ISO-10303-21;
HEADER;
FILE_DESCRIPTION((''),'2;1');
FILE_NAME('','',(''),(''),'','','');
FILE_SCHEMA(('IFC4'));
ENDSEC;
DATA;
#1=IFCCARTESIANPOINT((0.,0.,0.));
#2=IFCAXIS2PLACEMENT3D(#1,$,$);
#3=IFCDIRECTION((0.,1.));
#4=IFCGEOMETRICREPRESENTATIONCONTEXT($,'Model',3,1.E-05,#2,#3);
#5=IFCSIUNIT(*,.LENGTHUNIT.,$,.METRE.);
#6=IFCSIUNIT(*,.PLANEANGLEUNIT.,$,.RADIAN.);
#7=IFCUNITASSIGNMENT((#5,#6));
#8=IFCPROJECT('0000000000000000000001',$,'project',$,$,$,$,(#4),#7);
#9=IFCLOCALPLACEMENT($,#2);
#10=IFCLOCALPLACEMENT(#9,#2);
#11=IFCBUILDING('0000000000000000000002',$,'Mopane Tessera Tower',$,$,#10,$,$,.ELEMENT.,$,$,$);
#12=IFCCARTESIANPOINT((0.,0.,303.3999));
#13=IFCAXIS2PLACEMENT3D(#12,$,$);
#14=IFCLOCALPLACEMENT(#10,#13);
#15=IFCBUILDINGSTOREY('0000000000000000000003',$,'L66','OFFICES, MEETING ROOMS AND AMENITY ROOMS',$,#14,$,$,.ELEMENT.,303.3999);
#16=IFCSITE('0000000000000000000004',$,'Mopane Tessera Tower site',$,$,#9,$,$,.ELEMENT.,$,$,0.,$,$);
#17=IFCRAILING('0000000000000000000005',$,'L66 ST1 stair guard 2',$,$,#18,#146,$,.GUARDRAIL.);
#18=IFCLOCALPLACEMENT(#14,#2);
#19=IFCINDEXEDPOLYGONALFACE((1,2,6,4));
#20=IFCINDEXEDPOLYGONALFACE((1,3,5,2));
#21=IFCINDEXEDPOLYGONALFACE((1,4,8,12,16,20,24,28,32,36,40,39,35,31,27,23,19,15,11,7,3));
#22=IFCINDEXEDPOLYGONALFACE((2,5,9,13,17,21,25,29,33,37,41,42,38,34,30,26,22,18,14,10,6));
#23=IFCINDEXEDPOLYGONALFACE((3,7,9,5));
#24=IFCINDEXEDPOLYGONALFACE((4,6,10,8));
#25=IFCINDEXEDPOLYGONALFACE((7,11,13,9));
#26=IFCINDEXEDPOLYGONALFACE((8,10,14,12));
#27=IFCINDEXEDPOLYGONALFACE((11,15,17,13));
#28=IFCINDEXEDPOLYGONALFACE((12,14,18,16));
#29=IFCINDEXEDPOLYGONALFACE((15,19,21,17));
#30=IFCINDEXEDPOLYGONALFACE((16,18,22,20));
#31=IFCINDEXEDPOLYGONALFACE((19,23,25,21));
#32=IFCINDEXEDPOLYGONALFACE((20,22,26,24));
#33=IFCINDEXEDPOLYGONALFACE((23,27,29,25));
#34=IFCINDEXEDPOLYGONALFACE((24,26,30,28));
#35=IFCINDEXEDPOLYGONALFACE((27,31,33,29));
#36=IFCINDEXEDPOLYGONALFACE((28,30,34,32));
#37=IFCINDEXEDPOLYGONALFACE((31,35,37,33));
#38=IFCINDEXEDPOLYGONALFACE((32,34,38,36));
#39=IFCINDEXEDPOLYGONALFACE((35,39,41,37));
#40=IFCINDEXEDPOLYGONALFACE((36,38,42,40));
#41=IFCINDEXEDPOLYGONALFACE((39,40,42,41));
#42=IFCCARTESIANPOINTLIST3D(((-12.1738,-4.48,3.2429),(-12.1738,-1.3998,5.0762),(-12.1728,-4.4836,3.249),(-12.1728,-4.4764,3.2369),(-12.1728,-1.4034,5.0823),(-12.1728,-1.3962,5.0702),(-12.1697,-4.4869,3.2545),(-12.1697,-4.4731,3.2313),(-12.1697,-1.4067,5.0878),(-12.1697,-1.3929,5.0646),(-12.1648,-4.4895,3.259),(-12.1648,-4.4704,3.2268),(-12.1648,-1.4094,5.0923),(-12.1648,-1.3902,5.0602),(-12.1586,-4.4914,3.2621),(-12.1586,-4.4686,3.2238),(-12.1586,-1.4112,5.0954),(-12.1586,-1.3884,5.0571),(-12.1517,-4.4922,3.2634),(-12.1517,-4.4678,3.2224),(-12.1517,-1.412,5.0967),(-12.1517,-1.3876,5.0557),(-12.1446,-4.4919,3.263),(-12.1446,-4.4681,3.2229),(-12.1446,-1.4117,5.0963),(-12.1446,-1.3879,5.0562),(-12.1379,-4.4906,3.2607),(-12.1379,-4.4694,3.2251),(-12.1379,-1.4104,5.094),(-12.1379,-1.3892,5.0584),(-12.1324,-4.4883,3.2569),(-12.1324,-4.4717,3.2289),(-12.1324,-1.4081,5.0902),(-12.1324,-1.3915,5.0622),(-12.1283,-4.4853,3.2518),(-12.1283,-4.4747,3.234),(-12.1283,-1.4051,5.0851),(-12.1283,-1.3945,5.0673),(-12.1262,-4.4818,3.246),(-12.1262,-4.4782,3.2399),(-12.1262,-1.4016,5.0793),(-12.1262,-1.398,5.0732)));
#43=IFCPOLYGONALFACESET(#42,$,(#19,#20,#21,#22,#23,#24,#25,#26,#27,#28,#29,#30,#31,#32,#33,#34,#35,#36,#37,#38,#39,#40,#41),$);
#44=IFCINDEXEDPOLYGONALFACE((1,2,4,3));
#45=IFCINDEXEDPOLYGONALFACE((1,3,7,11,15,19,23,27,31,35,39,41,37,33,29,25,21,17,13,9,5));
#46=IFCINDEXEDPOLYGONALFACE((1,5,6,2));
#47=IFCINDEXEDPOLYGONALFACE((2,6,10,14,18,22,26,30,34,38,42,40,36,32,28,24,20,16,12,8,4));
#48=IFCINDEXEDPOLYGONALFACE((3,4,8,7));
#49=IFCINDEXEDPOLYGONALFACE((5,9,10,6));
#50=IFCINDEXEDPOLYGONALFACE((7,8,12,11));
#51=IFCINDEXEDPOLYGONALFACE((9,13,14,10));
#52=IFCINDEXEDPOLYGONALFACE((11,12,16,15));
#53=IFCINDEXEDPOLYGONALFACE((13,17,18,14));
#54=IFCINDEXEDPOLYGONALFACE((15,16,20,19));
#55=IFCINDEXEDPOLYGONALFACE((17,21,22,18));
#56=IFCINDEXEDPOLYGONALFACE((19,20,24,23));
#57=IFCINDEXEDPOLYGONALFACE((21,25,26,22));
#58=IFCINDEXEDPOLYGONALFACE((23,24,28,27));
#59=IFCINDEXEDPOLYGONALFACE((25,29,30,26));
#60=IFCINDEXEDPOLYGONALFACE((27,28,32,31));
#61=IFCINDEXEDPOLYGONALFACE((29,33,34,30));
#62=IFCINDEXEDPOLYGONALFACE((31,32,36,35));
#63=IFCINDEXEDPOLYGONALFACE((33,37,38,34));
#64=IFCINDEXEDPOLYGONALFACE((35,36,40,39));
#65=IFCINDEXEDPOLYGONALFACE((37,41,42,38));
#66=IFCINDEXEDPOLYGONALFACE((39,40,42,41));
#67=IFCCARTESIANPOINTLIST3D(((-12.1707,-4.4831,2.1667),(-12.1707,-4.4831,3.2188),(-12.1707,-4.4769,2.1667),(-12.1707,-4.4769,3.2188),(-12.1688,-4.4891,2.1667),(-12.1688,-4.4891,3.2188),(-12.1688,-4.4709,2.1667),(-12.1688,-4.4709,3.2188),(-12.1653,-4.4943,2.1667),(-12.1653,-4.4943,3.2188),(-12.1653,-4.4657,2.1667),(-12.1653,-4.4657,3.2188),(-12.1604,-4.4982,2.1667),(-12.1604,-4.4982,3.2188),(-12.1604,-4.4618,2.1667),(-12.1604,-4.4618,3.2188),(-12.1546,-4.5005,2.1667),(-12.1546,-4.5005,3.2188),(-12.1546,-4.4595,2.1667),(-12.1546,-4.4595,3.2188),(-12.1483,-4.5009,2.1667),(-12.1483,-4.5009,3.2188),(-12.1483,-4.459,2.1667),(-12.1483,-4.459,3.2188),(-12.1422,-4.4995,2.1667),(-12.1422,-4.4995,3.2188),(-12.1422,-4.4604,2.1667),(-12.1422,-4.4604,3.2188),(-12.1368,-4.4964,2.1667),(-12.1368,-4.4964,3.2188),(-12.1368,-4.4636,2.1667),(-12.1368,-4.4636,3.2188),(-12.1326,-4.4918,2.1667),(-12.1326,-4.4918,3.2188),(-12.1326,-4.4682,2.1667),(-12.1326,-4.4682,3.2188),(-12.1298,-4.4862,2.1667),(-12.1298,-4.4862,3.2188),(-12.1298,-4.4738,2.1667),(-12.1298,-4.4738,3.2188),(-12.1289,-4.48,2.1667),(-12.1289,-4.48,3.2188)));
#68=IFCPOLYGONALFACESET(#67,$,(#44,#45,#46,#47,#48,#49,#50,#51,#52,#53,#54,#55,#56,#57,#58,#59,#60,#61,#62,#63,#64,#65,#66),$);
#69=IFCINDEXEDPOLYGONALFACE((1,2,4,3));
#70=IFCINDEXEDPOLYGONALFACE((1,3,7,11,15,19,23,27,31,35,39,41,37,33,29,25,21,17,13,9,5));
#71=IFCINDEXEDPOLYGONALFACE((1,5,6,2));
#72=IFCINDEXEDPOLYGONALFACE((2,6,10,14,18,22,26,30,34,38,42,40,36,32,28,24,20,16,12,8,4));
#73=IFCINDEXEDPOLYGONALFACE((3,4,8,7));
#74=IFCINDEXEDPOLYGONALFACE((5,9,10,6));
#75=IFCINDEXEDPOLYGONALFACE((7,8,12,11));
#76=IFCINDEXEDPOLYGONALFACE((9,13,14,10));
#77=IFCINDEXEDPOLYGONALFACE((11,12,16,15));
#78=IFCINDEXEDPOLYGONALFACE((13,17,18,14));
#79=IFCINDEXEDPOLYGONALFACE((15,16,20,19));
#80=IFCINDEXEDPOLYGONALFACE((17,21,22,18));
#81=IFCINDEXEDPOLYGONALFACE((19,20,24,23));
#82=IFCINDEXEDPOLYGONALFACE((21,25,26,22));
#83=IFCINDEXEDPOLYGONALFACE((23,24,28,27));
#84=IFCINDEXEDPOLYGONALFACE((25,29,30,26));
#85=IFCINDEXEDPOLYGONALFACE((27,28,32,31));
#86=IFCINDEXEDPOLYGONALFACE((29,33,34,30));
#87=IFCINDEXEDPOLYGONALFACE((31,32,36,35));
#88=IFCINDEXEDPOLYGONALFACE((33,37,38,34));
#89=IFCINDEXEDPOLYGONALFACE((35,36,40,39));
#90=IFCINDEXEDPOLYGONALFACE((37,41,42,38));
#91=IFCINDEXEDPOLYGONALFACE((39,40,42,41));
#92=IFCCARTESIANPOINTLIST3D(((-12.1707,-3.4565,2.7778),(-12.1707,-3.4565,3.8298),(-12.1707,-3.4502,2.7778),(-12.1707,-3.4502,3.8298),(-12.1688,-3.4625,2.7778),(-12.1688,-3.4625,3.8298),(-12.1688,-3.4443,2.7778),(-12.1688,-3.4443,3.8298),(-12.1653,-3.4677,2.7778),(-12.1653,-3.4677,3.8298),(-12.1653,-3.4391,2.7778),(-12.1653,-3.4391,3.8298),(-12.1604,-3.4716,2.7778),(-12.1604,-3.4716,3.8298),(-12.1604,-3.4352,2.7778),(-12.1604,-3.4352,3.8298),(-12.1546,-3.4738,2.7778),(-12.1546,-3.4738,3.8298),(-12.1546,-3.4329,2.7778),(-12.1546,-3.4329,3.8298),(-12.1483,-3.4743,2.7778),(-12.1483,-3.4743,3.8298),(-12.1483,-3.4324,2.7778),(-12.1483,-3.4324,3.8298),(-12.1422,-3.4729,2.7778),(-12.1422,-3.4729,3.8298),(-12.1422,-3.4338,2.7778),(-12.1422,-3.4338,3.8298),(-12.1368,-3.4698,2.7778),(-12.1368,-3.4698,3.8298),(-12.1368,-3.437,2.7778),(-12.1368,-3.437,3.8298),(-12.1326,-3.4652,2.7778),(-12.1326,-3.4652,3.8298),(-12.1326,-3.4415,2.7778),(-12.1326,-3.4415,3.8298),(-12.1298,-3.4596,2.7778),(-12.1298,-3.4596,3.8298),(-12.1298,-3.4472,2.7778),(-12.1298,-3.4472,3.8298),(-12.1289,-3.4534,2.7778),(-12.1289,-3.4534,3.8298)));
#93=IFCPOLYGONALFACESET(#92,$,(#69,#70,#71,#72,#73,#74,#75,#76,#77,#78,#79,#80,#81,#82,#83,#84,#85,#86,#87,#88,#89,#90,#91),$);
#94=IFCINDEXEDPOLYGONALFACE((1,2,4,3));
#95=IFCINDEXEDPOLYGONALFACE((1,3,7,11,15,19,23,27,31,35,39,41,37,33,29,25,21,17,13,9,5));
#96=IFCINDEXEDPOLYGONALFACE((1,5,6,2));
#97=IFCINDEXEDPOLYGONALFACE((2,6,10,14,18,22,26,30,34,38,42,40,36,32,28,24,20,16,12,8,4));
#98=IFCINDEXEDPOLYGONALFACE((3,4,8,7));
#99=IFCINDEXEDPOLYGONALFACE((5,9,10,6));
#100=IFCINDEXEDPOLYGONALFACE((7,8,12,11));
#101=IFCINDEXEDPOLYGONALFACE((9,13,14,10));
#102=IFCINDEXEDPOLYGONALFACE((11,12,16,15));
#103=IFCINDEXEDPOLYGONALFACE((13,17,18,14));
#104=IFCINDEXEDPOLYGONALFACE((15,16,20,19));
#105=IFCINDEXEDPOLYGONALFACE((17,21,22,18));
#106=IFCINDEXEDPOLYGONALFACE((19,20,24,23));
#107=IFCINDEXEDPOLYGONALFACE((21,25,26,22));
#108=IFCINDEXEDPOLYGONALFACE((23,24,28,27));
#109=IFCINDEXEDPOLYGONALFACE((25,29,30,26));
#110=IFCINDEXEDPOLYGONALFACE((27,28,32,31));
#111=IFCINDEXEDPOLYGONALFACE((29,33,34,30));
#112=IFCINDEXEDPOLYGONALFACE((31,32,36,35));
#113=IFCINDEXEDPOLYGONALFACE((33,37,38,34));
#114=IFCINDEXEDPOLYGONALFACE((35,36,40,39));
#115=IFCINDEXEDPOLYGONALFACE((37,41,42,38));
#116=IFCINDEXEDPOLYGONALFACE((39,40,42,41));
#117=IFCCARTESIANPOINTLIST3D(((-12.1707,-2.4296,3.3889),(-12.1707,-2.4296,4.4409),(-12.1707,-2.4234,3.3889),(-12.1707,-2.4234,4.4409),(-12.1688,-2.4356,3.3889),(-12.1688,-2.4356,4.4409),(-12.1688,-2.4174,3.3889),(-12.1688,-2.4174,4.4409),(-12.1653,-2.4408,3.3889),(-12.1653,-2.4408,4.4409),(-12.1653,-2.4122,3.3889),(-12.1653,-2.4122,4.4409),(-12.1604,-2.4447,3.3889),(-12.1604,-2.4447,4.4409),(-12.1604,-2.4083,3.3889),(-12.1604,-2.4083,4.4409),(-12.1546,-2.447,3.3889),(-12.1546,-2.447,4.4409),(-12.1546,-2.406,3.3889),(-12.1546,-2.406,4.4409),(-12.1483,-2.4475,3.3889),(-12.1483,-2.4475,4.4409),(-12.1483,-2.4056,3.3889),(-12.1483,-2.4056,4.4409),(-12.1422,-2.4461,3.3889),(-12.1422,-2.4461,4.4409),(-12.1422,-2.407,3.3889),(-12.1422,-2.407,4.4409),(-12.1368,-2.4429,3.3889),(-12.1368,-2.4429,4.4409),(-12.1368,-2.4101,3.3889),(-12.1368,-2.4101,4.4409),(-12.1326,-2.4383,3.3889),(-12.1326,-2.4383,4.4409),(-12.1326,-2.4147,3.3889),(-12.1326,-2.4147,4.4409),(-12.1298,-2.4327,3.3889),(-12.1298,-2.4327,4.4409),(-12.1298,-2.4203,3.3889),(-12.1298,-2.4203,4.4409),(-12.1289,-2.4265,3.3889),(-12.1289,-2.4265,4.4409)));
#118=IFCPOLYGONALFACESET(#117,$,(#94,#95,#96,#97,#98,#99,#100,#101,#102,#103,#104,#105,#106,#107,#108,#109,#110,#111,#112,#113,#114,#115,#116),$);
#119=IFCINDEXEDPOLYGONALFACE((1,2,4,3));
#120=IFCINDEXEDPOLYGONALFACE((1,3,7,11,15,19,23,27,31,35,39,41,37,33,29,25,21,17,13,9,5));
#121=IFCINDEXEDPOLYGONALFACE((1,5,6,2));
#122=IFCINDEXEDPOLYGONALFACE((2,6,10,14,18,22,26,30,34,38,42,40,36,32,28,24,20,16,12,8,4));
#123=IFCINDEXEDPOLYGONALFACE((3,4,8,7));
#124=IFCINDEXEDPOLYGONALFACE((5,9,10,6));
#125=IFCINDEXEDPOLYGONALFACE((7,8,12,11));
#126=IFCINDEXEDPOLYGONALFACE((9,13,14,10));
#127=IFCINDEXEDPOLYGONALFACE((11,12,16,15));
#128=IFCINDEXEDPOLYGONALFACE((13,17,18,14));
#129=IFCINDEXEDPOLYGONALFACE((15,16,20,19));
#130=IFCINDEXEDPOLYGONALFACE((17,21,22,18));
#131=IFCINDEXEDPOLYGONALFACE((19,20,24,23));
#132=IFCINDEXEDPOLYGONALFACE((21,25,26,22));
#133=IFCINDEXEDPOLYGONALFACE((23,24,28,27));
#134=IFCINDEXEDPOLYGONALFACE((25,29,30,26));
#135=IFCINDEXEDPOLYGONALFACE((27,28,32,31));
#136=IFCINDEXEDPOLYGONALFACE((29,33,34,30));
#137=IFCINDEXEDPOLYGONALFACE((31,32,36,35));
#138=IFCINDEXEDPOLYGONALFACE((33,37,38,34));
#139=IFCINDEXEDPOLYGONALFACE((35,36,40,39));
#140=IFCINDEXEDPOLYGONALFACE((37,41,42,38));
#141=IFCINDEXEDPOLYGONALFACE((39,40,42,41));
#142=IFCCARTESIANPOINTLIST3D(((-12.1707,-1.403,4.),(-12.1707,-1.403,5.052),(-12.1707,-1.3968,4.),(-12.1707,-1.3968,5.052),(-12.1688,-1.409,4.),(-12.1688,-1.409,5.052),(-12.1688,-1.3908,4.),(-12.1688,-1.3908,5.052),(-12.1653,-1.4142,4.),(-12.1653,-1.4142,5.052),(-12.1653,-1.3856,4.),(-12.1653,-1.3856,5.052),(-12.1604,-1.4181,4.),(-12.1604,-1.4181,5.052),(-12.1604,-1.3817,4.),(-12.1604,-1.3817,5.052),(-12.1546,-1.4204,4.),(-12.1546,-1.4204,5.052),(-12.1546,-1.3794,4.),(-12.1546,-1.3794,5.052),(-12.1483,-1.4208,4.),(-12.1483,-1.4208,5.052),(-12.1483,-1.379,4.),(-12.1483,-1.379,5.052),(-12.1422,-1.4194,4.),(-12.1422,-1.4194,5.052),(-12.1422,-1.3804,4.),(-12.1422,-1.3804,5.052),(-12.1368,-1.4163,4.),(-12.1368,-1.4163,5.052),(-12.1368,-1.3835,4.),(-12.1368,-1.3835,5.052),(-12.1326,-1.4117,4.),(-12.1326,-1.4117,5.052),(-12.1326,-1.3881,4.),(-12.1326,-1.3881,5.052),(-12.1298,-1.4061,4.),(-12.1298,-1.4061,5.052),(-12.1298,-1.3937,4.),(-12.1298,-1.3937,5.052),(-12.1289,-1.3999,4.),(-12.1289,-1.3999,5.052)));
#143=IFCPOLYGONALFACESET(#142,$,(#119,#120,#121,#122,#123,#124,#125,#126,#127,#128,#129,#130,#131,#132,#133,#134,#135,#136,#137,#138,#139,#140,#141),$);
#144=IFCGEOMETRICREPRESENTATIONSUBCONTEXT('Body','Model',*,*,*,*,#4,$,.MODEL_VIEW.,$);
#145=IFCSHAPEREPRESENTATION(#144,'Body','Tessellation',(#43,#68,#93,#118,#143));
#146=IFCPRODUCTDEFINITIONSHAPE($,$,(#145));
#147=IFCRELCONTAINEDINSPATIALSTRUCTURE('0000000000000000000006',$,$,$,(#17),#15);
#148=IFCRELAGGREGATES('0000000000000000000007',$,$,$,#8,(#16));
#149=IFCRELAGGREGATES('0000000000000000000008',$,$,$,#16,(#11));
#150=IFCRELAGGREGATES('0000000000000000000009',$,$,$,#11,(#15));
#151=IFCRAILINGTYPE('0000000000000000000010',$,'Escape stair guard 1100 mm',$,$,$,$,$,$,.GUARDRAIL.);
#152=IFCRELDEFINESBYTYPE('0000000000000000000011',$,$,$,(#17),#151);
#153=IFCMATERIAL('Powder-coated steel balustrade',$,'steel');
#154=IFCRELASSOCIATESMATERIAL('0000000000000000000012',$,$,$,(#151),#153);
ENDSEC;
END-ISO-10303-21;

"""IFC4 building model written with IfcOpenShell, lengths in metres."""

from ifc_helpers import new_model, si_unit, direction, frame, origin, origin_2d, place, context, subcontext, project, spatial, circle, extrude, material, type_object, element, save


model = new_model("IFC4")

# Units and contexts
model_context = context("Model", 3, precision=1e-05, world=origin(), true_north=direction((0.0, 1.0)))
body_context = subcontext(model_context, "Body", "Model", "MODEL_VIEW")
ifc_project = project(units=[si_unit("LENGTHUNIT", "METRE"), si_unit("PLANEANGLEUNIT", "RADIAN")], contexts=[model_context])

# Site, building, storey
site_placement = place(None, origin())
site = spatial("IfcSite", under=ifc_project, at=site_placement, Name="Mopane Tessera Tower site", CompositionType="ELEMENT", RefElevation=0.0)
building_placement = place(site_placement, origin())
building = spatial("IfcBuilding", under=site, at=building_placement, Name="Mopane Tessera Tower", CompositionType="ELEMENT")
storey_placement = place(building_placement, frame((0.0, 0.0, 303.3999)))
storey = spatial("IfcBuildingStorey", under=building, at=storey_placement, Name="L66", Description="OFFICES, MEETING ROOMS AND AMENITY ROOMS", CompositionType="ELEMENT", Elevation=303.3999)

# Railing
ifc_material_1 = material(Name="Powder-coated steel balustrade", Category="steel")
railing_type_1 = type_object("IfcRailingType", Name="Escape stair guard 1100 mm", PredefinedType="GUARDRAIL", material=ifc_material_1)
railing_1_placement = place(storey_placement, frame((-12.1499, -4.48, 2.1667)))
element("IfcRailing", 1, at=railing_1_placement, inside=storey, type_object=railing_type_1, Name="L66 ST1 stair guard 2", PredefinedType="GUARDRAIL", context=body_context, shape_type="SweptSolid", body=[
    extrude(circle(Radius=0.0239, at=origin_2d()), frame((0.0, 0.0, 1.0762), z_axis=(0.0, 0.859309, 0.511458), x_axis=(-1.0, 0.0, 0.0)), (0.0, 0.0, 1.0), 3.5845),
    extrude(circle(Radius=0.021, at=origin_2d()), origin(), (0.0, 0.0, 1.0), 1.052),
    extrude(circle(Radius=0.021, at=origin_2d()), frame((0.0, 1.0266, 0.6111)), (0.0, 0.0, 1.0), 1.052),
    extrude(circle(Radius=0.021, at=origin_2d()), frame((0.0, 2.0535, 1.2222)), (0.0, 0.0, 1.0), 1.052),
    extrude(circle(Radius=0.021, at=origin_2d()), frame((0.0, 3.0801, 1.8333)), (0.0, 0.0, 1.0), 1.052),
])

save(model, "model.ifc")
